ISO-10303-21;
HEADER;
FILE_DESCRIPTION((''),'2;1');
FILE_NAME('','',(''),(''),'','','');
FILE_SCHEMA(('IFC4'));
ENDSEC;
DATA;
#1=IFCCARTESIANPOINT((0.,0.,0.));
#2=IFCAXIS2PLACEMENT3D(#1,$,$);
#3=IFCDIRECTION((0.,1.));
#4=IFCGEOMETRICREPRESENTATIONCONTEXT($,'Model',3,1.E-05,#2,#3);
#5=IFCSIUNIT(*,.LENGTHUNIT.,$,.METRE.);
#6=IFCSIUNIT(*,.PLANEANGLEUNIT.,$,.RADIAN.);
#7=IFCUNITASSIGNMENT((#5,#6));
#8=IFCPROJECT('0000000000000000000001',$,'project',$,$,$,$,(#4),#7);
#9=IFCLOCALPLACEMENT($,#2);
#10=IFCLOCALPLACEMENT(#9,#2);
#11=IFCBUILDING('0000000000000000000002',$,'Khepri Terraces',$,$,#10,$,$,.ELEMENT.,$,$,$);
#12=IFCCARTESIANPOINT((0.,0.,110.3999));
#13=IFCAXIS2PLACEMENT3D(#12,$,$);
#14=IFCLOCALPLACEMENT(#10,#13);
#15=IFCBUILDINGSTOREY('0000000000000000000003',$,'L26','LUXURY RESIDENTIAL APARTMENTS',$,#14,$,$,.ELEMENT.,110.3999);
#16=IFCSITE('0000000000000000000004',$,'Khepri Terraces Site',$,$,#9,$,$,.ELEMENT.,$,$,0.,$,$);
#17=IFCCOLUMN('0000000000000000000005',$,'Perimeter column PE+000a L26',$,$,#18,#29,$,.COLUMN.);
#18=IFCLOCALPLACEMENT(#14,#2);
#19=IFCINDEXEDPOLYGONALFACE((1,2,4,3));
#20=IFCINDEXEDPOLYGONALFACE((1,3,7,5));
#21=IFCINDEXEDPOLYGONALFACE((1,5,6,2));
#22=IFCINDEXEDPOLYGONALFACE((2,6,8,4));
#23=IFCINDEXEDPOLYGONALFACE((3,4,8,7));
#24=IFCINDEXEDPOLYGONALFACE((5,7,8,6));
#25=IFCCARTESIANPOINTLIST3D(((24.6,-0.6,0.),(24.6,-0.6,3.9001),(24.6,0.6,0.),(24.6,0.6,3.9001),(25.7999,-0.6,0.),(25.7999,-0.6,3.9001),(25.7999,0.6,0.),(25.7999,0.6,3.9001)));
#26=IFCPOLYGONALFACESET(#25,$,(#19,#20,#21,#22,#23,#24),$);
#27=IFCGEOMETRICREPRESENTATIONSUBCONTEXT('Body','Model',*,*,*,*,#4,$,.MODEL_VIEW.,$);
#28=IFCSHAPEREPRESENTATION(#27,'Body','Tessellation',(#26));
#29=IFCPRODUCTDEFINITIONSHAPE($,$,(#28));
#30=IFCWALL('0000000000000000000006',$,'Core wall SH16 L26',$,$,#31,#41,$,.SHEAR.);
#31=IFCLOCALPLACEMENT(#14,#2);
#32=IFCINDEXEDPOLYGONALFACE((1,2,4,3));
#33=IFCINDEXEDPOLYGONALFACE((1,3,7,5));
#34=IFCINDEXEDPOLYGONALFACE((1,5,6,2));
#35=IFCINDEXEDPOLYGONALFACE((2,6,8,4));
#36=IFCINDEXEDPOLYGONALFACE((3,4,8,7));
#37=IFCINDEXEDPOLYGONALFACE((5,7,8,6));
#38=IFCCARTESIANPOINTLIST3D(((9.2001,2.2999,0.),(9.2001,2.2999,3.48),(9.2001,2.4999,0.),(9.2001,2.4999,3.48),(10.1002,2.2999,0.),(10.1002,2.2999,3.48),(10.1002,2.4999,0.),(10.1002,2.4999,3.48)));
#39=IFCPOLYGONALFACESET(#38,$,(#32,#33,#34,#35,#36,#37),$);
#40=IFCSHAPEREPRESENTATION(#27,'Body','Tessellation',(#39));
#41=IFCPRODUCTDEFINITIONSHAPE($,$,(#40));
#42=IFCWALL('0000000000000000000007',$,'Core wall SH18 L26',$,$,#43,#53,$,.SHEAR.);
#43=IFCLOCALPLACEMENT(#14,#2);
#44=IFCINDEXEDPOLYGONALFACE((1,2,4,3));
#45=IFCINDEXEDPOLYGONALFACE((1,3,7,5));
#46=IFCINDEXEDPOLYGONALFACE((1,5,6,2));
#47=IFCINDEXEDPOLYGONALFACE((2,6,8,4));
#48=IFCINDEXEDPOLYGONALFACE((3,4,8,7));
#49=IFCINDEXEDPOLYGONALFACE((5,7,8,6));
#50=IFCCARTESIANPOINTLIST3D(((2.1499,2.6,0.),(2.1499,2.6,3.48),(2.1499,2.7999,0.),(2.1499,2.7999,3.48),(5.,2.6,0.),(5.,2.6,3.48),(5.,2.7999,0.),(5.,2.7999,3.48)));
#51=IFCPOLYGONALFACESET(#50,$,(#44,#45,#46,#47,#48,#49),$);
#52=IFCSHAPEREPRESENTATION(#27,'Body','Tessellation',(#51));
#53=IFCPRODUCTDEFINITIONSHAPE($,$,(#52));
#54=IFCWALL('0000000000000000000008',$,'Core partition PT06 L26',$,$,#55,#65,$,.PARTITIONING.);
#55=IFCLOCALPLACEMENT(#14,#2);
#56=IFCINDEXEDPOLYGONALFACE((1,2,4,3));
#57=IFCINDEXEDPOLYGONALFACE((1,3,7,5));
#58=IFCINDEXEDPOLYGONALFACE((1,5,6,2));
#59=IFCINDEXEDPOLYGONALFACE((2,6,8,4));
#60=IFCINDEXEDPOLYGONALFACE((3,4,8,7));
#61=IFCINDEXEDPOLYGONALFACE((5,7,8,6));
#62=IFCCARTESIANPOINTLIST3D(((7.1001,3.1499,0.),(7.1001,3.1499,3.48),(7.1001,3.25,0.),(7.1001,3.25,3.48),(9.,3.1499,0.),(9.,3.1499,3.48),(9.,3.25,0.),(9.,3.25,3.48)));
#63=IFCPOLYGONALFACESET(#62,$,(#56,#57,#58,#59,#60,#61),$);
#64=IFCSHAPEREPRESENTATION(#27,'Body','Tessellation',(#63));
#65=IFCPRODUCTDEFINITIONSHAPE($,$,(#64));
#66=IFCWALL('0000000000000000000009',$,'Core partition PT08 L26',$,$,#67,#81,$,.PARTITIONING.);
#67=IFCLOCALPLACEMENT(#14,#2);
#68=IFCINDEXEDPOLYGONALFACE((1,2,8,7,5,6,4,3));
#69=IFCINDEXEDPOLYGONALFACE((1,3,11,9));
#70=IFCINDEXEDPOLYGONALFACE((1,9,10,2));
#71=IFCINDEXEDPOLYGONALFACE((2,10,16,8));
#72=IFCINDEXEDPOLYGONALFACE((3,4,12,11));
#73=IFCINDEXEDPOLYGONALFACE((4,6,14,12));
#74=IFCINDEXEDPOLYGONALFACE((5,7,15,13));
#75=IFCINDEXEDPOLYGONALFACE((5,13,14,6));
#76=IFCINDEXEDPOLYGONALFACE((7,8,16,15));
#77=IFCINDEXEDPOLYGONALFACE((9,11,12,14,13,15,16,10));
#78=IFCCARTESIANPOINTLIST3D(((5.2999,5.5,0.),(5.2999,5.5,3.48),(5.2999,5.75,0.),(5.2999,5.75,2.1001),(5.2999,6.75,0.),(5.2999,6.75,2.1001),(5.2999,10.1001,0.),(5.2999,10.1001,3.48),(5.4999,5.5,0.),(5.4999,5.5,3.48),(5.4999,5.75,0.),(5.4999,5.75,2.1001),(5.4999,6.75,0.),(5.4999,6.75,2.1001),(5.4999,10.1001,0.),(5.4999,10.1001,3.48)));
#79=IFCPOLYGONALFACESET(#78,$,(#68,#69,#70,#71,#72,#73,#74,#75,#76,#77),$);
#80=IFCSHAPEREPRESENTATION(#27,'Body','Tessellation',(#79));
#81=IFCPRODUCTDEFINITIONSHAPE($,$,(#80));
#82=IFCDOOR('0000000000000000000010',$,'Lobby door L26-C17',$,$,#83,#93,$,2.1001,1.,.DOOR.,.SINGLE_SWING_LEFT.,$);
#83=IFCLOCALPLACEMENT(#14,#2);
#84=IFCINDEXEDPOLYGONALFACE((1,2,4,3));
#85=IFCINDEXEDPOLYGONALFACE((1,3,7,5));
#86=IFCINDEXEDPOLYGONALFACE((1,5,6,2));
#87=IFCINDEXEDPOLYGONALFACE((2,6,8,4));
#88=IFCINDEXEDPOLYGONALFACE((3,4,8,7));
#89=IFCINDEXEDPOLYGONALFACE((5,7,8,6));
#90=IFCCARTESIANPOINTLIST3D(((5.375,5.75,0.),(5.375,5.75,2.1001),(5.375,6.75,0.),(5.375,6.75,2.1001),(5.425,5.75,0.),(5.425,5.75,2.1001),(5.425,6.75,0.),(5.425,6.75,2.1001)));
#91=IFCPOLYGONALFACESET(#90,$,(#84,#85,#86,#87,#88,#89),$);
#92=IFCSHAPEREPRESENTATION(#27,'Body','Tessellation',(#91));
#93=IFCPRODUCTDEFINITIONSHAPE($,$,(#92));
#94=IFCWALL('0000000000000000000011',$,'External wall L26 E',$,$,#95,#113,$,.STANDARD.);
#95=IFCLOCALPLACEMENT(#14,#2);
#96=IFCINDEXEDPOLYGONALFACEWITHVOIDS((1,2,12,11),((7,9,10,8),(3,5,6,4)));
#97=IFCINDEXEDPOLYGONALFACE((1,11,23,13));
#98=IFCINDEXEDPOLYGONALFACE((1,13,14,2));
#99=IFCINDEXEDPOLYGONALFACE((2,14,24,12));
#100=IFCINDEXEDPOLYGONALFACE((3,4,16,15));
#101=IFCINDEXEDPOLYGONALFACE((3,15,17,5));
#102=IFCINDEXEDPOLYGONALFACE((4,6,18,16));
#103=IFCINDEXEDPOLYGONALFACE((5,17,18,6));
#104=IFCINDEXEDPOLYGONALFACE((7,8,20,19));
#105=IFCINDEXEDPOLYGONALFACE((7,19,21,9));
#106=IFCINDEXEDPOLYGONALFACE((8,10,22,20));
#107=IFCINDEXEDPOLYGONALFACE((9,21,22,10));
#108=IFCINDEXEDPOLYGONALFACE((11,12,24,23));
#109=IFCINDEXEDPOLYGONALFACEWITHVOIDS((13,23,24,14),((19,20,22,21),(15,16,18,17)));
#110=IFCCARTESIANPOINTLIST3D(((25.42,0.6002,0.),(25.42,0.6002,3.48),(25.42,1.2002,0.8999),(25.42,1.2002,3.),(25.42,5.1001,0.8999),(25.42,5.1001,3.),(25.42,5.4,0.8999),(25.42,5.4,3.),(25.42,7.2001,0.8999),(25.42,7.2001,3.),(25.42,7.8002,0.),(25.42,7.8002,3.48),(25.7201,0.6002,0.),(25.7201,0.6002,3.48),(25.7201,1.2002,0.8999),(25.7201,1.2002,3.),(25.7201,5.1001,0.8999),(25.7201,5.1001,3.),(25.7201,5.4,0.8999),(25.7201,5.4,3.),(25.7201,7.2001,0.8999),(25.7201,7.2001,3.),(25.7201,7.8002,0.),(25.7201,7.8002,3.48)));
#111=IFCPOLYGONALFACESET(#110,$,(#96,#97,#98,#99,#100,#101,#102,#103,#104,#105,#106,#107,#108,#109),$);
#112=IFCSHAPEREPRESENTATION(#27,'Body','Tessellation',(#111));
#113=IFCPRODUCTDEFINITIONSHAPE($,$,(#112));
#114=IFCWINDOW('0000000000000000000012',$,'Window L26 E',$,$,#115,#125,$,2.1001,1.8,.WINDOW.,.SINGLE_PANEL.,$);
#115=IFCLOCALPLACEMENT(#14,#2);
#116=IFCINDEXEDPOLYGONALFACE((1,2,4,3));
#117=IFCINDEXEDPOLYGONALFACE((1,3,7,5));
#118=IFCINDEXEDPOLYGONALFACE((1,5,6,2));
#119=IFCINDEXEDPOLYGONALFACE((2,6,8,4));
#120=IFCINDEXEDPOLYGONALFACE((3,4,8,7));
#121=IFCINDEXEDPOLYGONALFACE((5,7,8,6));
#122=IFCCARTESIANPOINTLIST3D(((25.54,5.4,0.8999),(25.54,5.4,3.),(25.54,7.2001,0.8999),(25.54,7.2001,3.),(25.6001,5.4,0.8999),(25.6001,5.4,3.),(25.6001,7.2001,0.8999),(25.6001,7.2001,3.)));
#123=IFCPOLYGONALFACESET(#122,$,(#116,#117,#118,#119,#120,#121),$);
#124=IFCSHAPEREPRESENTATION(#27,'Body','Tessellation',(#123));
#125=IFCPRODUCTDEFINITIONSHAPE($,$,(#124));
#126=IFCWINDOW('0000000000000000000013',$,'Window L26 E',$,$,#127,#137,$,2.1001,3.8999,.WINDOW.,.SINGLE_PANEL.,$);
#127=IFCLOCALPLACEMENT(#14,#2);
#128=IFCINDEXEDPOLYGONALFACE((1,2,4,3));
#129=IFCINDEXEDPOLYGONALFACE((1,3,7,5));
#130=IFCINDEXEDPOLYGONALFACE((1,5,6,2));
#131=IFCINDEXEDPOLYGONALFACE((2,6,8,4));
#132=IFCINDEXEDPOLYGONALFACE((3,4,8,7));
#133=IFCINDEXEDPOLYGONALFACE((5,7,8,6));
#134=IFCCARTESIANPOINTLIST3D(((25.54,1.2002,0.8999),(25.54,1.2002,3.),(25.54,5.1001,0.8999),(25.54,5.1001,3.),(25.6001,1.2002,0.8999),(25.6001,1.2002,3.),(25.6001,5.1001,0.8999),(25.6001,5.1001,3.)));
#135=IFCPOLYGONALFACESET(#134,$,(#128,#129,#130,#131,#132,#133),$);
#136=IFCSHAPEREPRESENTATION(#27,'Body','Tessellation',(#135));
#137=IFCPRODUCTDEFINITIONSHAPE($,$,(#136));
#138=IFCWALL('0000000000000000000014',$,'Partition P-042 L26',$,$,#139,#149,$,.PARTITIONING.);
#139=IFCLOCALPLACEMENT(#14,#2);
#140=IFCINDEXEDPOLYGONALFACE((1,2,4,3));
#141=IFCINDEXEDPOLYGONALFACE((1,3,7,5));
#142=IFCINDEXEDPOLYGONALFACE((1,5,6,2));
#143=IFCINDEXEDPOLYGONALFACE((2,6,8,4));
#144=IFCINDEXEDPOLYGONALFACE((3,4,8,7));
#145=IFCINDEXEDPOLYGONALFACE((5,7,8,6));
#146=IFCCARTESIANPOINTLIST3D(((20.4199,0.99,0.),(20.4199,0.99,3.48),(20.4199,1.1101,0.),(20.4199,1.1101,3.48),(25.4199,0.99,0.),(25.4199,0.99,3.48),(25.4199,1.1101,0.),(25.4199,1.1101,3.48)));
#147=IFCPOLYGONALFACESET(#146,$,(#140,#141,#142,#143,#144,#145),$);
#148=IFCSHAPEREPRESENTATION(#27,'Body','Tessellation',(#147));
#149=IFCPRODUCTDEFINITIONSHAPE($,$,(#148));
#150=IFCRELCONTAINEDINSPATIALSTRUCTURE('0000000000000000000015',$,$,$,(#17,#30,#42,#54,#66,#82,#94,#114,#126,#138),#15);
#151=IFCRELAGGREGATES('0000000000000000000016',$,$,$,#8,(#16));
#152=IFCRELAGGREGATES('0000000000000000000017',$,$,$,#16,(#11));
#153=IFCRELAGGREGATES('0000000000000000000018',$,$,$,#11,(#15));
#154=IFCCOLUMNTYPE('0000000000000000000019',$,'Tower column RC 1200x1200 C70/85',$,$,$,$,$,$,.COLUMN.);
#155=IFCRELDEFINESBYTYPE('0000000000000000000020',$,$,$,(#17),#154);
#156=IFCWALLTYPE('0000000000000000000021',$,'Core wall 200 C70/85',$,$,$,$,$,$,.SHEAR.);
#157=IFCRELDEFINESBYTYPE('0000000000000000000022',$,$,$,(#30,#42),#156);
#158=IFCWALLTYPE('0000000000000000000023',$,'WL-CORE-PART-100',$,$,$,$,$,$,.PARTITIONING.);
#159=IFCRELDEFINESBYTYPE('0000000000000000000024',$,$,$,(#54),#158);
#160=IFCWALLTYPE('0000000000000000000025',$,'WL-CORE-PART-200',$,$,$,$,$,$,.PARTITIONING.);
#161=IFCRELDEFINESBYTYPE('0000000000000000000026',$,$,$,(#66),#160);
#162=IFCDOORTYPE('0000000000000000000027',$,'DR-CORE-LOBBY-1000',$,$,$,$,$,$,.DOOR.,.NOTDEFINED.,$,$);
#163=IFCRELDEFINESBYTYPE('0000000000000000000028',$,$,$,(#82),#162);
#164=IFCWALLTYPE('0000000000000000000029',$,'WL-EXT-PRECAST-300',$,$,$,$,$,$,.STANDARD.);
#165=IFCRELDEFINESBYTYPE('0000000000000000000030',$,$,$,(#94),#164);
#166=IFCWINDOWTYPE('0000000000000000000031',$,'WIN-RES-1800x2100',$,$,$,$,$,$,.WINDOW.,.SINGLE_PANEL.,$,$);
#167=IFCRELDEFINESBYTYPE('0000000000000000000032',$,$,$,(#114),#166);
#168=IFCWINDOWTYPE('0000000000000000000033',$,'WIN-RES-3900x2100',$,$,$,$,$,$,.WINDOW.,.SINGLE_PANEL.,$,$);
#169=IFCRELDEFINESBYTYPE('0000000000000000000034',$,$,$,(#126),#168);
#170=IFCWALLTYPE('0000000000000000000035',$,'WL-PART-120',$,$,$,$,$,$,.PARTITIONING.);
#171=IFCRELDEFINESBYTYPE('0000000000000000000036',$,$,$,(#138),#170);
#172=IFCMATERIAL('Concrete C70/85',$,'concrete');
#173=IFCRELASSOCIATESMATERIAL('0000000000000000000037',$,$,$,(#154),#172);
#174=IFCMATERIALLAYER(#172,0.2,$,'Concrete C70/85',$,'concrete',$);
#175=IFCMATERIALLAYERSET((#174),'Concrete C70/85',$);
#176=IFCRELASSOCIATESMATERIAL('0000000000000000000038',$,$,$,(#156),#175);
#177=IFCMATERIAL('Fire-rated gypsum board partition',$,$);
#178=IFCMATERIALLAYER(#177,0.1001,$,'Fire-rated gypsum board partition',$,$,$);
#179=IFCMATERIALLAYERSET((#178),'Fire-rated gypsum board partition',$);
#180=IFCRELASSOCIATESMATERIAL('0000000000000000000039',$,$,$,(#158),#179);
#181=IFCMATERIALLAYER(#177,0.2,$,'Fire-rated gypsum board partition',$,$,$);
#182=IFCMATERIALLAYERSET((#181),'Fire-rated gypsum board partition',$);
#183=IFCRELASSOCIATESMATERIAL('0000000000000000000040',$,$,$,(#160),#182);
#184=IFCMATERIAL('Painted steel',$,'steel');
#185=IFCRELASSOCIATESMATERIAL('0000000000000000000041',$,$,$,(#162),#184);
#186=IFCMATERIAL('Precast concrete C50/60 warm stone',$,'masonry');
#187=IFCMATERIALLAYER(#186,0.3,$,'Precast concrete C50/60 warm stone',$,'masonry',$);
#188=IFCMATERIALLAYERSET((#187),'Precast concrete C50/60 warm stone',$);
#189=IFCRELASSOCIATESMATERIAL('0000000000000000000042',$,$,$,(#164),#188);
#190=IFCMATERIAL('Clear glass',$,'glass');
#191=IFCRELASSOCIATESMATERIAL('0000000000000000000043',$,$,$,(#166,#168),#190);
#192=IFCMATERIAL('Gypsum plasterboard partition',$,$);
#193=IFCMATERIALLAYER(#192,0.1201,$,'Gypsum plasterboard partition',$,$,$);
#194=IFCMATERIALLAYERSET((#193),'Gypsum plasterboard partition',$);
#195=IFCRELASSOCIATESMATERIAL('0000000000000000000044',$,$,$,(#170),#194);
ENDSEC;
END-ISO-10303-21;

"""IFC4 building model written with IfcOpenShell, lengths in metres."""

from ifc_helpers import new_model, si_unit, direction, frame, frame_2d, origin, origin_2d, place, context, subcontext, project, spatial, rectangle, extrude, material, layer, layer_set, material_profile, profile_set, type_object, element, fill, save


model = new_model("IFC4")

# Units and contexts
model_context = context("Model", 3, precision=1e-05, world=origin(), true_north=direction((0.0, 1.0)))
body_context = subcontext(model_context, "Body", "Model", "MODEL_VIEW")
ifc_project = project(units=[si_unit("LENGTHUNIT", "METRE"), si_unit("PLANEANGLEUNIT", "RADIAN")], contexts=[model_context])

# Site, building, storey
site_placement = place(None, origin())
site = spatial("IfcSite", under=ifc_project, at=site_placement, Name="Khepri Terraces Site", CompositionType="ELEMENT", RefElevation=0.0)
building_placement = place(site_placement, origin())
building = spatial("IfcBuilding", under=site, at=building_placement, Name="Khepri Terraces", CompositionType="ELEMENT")
storey_placement = place(building_placement, frame((0.0, 0.0, 110.3999)))
storey = spatial("IfcBuildingStorey", under=building, at=storey_placement, Name="L26", Description="LUXURY RESIDENTIAL APARTMENTS", CompositionType="ELEMENT", Elevation=110.3999)

# Column
ifc_material_1 = material(Name="Concrete C70/85", Category="concrete")
ifc_material_profile = material_profile(ifc_material_1, rectangle(XDim=1.2, YDim=1.2, at=origin_2d()), Name="Concrete C70/85", Category="concrete")
ifc_profile_set = profile_set([ifc_material_profile], Name="Concrete C70/85")
column_type = type_object("IfcColumnType", Name="Tower column RC 1200x1200 C70/85", PredefinedType="COLUMN", material=ifc_profile_set)
column_placement = place(storey_placement, frame((25.2, 0.0, 0.0), z_axis=(0.0, 0.0, 1.0), x_axis=(1.0, 0.0, 0.0)))
element("IfcColumn", 1, at=column_placement, inside=storey, type_object=column_type, Name="Perimeter column PE+000a L26", PredefinedType="COLUMN", context=body_context, shape_type="SweptSolid", body=[
    extrude(rectangle(XDim=1.2, YDim=1.2, at=origin_2d()), origin(), (0.0, 0.0, 1.0), 3.9001),
])

# Walls
ifc_layer_1 = layer(ifc_material_1, 0.2, Name="Concrete C70/85", Category="concrete")
ifc_layer_set_1 = layer_set([ifc_layer_1], Name="Concrete C70/85")
wall_type_1 = type_object("IfcWallType", Name="Core wall 200 C70/85", PredefinedType="SHEAR", material=ifc_layer_set_1)
wall_1_placement = place(storey_placement, frame((9.2, 2.3999, 0.0), z_axis=(0.0, 0.0, 1.0), x_axis=(1.0, 0.0, 0.0)))
element("IfcWall", 2, at=wall_1_placement, inside=storey, type_object=wall_type_1, Name="Core wall SH16 L26", PredefinedType="SHEAR", context=body_context, shape_type="SweptSolid", body=[
    extrude(rectangle(XDim=0.9001, YDim=0.2, at=frame_2d((0.4502, 0.0))), origin(), (0.0, 0.0, 1.0), 3.48),
])
wall_2_placement = place(storey_placement, frame((2.1499, 2.7, 0.0), z_axis=(0.0, 0.0, 1.0), x_axis=(1.0, 0.0, 0.0)))
element("IfcWall", 3, at=wall_2_placement, inside=storey, type_object=wall_type_1, Name="Core wall SH18 L26", PredefinedType="SHEAR", context=body_context, shape_type="SweptSolid", body=[
    extrude(rectangle(XDim=2.8501, YDim=0.2, at=frame_2d((1.425, 0.0))), origin(), (0.0, 0.0, 1.0), 3.48),
])
ifc_material_2 = material(Name="Fire-rated gypsum board partition")
ifc_layer_2 = layer(ifc_material_2, 0.1001, Name="Fire-rated gypsum board partition")
ifc_layer_set_2 = layer_set([ifc_layer_2], Name="Fire-rated gypsum board partition")
wall_type_2 = type_object("IfcWallType", Name="WL-CORE-PART-100", PredefinedType="PARTITIONING", material=ifc_layer_set_2)
wall_3_placement = place(storey_placement, frame((7.1001, 3.2, 0.0), z_axis=(0.0, 0.0, 1.0), x_axis=(1.0, 0.0, 0.0)))
element("IfcWall", 4, at=wall_3_placement, inside=storey, type_object=wall_type_2, Name="Core partition PT06 L26", PredefinedType="PARTITIONING", context=body_context, shape_type="SweptSolid", body=[
    extrude(rectangle(XDim=1.8999, YDim=0.1001, at=frame_2d((0.95, 0.0))), origin(), (0.0, 0.0, 1.0), 3.48),
])

# Wall, opening, door
ifc_layer_3 = layer(ifc_material_2, 0.2, Name="Fire-rated gypsum board partition")
ifc_layer_set_3 = layer_set([ifc_layer_3], Name="Fire-rated gypsum board partition")
wall_type_3 = type_object("IfcWallType", Name="WL-CORE-PART-200", PredefinedType="PARTITIONING", material=ifc_layer_set_3)
wall_4_placement = place(storey_placement, frame((5.3999, 5.5, 0.0), z_axis=(0.0, 0.0, 1.0), x_axis=(0.0, 1.0, 0.0)))
wall_4 = element("IfcWall", 5, at=wall_4_placement, inside=storey, type_object=wall_type_3, Name="Core partition PT08 L26", PredefinedType="PARTITIONING", context=body_context, shape_type="SweptSolid", body=[
    extrude(rectangle(XDim=4.6001, YDim=0.2, at=frame_2d((2.3, 0.0))), origin(), (0.0, 0.0, 1.0), 3.48),
])
opening_1_placement = place(wall_4_placement, frame((0.25, 0.0, 0.0)))
opening_1 = element("IfcOpeningElement", 6, at=opening_1_placement, cuts=wall_4, PredefinedType="OPENING", context=body_context, shape_type="SweptSolid", body=[
    extrude(rectangle(XDim=1.0, YDim=2.1001, at=frame_2d((0.5, 1.05))), frame((0.0, 0.1099, 0.0), z_axis=(0.0, -1.0, 0.0), x_axis=(1.0, 0.0, 0.0)), (0.0, 0.0, 1.0), 0.22),
])
ifc_material_3 = material(Name="Painted steel", Category="steel")
door_type_1 = type_object("IfcDoorType", Name="DR-CORE-LOBBY-1000", OperationType="NOTDEFINED", PredefinedType="DOOR", material=ifc_material_3)
door_1_placement = place(opening_1_placement, origin())
door_1 = element("IfcDoor", 7, at=door_1_placement, inside=storey, type_object=door_type_1, Name="Lobby door L26-C17", OperationType="SINGLE_SWING_LEFT", OverallHeight=2.1001, OverallWidth=1.0, PredefinedType="DOOR", context=body_context, shape_type="SweptSolid", body=[
    extrude(rectangle(XDim=1.0, YDim=2.1001, at=frame_2d((0.5, 1.05))), frame((0.0, 0.0249, 0.0), z_axis=(0.0, -1.0, 0.0), x_axis=(1.0, 0.0, 0.0)), (0.0, 0.0, 1.0), 0.05),
])
fill(opening_1, door_1)

# Wall, openings, windows
ifc_material_4 = material(Name="Precast concrete C50/60 warm stone", Category="masonry")
ifc_layer_4 = layer(ifc_material_4, 0.3, Name="Precast concrete C50/60 warm stone", Category="masonry")
ifc_layer_set_4 = layer_set([ifc_layer_4], Name="Precast concrete C50/60 warm stone")
wall_type_4 = type_object("IfcWallType", Name="WL-EXT-PRECAST-300", PredefinedType="STANDARD", material=ifc_layer_set_4)
wall_5_placement = place(storey_placement, frame((25.5701, 0.6001, 0.0), z_axis=(0.0, 0.0, 1.0), x_axis=(0.0, 1.0, 0.0)))
wall_5 = element("IfcWall", 8, at=wall_5_placement, inside=storey, type_object=wall_type_4, Name="External wall L26 E", PredefinedType="STANDARD", context=body_context, shape_type="SweptSolid", body=[
    extrude(rectangle(XDim=7.2, YDim=0.3, at=frame_2d((3.6001, 0.0))), origin(), (0.0, 0.0, 1.0), 3.48),
])
opening_2_placement = place(wall_5_placement, frame((0.6001, 0.0, 0.8999)))
opening_2 = element("IfcOpeningElement", 9, at=opening_2_placement, cuts=wall_5, PredefinedType="OPENING", context=body_context, shape_type="SweptSolid", body=[
    extrude(rectangle(XDim=3.8999, YDim=2.1001, at=frame_2d((1.95, 1.05))), frame((0.0, 0.1602, 0.0), z_axis=(0.0, -1.0, 0.0), x_axis=(1.0, 0.0, 0.0)), (0.0, 0.0, 1.0), 0.3201),
])
opening_3_placement = place(wall_5_placement, frame((4.8, 0.0, 0.8999)))
opening_3 = element("IfcOpeningElement", 10, at=opening_3_placement, cuts=wall_5, PredefinedType="OPENING", context=body_context, shape_type="SweptSolid", body=[
    extrude(rectangle(XDim=1.8, YDim=2.1001, at=frame_2d((0.8999, 1.05))), frame((0.0, 0.1602, 0.0), z_axis=(0.0, -1.0, 0.0), x_axis=(1.0, 0.0, 0.0)), (0.0, 0.0, 1.0), 0.3201),
])
ifc_material_5 = material(Name="Clear glass", Category="glass")
window_type_1 = type_object("IfcWindowType", Name="WIN-RES-1800x2100", PartitioningType="SINGLE_PANEL", PredefinedType="WINDOW", material=ifc_material_5)
window_1_placement = place(opening_3_placement, origin())
window_1 = element("IfcWindow", 11, at=window_1_placement, inside=storey, type_object=window_type_1, Name="Window L26 E", OverallHeight=2.1001, OverallWidth=1.8, PartitioningType="SINGLE_PANEL", PredefinedType="WINDOW", context=body_context, shape_type="SweptSolid", body=[
    extrude(rectangle(XDim=1.8, YDim=2.1001, at=frame_2d((0.8999, 1.05))), frame((0.0, 0.03, 0.0), z_axis=(0.0, -1.0, 0.0), x_axis=(1.0, 0.0, 0.0)), (0.0, 0.0, 1.0), 0.0601),
])
fill(opening_3, window_1)
window_type_2 = type_object("IfcWindowType", Name="WIN-RES-3900x2100", PartitioningType="SINGLE_PANEL", PredefinedType="WINDOW", material=ifc_material_5)
window_2_placement = place(opening_2_placement, origin())
window_2 = element("IfcWindow", 12, at=window_2_placement, inside=storey, type_object=window_type_2, Name="Window L26 E", OverallHeight=2.1001, OverallWidth=3.8999, PartitioningType="SINGLE_PANEL", PredefinedType="WINDOW", context=body_context, shape_type="SweptSolid", body=[
    extrude(rectangle(XDim=3.8999, YDim=2.1001, at=frame_2d((1.95, 1.05))), frame((0.0, 0.03, 0.0), z_axis=(0.0, -1.0, 0.0), x_axis=(1.0, 0.0, 0.0)), (0.0, 0.0, 1.0), 0.0601),
])
fill(opening_2, window_2)

# Wall
ifc_material_6 = material(Name="Gypsum plasterboard partition")
ifc_layer_5 = layer(ifc_material_6, 0.1201, Name="Gypsum plasterboard partition")
ifc_layer_set_5 = layer_set([ifc_layer_5], Name="Gypsum plasterboard partition")
wall_type_5 = type_object("IfcWallType", Name="WL-PART-120", PredefinedType="PARTITIONING", material=ifc_layer_set_5)
wall_6_placement = place(storey_placement, frame((20.4199, 1.05, 0.0), z_axis=(0.0, 0.0, 1.0), x_axis=(1.0, 0.0, 0.0)))
element("IfcWall", 13, at=wall_6_placement, inside=storey, type_object=wall_type_5, Name="Partition P-042 L26", PredefinedType="PARTITIONING", context=body_context, shape_type="SweptSolid", body=[
    extrude(rectangle(XDim=5.0, YDim=0.1201, at=frame_2d((2.5, 0.0))), origin(), (0.0, 0.0, 1.0), 3.48),
])

save(model, "model.ifc")
